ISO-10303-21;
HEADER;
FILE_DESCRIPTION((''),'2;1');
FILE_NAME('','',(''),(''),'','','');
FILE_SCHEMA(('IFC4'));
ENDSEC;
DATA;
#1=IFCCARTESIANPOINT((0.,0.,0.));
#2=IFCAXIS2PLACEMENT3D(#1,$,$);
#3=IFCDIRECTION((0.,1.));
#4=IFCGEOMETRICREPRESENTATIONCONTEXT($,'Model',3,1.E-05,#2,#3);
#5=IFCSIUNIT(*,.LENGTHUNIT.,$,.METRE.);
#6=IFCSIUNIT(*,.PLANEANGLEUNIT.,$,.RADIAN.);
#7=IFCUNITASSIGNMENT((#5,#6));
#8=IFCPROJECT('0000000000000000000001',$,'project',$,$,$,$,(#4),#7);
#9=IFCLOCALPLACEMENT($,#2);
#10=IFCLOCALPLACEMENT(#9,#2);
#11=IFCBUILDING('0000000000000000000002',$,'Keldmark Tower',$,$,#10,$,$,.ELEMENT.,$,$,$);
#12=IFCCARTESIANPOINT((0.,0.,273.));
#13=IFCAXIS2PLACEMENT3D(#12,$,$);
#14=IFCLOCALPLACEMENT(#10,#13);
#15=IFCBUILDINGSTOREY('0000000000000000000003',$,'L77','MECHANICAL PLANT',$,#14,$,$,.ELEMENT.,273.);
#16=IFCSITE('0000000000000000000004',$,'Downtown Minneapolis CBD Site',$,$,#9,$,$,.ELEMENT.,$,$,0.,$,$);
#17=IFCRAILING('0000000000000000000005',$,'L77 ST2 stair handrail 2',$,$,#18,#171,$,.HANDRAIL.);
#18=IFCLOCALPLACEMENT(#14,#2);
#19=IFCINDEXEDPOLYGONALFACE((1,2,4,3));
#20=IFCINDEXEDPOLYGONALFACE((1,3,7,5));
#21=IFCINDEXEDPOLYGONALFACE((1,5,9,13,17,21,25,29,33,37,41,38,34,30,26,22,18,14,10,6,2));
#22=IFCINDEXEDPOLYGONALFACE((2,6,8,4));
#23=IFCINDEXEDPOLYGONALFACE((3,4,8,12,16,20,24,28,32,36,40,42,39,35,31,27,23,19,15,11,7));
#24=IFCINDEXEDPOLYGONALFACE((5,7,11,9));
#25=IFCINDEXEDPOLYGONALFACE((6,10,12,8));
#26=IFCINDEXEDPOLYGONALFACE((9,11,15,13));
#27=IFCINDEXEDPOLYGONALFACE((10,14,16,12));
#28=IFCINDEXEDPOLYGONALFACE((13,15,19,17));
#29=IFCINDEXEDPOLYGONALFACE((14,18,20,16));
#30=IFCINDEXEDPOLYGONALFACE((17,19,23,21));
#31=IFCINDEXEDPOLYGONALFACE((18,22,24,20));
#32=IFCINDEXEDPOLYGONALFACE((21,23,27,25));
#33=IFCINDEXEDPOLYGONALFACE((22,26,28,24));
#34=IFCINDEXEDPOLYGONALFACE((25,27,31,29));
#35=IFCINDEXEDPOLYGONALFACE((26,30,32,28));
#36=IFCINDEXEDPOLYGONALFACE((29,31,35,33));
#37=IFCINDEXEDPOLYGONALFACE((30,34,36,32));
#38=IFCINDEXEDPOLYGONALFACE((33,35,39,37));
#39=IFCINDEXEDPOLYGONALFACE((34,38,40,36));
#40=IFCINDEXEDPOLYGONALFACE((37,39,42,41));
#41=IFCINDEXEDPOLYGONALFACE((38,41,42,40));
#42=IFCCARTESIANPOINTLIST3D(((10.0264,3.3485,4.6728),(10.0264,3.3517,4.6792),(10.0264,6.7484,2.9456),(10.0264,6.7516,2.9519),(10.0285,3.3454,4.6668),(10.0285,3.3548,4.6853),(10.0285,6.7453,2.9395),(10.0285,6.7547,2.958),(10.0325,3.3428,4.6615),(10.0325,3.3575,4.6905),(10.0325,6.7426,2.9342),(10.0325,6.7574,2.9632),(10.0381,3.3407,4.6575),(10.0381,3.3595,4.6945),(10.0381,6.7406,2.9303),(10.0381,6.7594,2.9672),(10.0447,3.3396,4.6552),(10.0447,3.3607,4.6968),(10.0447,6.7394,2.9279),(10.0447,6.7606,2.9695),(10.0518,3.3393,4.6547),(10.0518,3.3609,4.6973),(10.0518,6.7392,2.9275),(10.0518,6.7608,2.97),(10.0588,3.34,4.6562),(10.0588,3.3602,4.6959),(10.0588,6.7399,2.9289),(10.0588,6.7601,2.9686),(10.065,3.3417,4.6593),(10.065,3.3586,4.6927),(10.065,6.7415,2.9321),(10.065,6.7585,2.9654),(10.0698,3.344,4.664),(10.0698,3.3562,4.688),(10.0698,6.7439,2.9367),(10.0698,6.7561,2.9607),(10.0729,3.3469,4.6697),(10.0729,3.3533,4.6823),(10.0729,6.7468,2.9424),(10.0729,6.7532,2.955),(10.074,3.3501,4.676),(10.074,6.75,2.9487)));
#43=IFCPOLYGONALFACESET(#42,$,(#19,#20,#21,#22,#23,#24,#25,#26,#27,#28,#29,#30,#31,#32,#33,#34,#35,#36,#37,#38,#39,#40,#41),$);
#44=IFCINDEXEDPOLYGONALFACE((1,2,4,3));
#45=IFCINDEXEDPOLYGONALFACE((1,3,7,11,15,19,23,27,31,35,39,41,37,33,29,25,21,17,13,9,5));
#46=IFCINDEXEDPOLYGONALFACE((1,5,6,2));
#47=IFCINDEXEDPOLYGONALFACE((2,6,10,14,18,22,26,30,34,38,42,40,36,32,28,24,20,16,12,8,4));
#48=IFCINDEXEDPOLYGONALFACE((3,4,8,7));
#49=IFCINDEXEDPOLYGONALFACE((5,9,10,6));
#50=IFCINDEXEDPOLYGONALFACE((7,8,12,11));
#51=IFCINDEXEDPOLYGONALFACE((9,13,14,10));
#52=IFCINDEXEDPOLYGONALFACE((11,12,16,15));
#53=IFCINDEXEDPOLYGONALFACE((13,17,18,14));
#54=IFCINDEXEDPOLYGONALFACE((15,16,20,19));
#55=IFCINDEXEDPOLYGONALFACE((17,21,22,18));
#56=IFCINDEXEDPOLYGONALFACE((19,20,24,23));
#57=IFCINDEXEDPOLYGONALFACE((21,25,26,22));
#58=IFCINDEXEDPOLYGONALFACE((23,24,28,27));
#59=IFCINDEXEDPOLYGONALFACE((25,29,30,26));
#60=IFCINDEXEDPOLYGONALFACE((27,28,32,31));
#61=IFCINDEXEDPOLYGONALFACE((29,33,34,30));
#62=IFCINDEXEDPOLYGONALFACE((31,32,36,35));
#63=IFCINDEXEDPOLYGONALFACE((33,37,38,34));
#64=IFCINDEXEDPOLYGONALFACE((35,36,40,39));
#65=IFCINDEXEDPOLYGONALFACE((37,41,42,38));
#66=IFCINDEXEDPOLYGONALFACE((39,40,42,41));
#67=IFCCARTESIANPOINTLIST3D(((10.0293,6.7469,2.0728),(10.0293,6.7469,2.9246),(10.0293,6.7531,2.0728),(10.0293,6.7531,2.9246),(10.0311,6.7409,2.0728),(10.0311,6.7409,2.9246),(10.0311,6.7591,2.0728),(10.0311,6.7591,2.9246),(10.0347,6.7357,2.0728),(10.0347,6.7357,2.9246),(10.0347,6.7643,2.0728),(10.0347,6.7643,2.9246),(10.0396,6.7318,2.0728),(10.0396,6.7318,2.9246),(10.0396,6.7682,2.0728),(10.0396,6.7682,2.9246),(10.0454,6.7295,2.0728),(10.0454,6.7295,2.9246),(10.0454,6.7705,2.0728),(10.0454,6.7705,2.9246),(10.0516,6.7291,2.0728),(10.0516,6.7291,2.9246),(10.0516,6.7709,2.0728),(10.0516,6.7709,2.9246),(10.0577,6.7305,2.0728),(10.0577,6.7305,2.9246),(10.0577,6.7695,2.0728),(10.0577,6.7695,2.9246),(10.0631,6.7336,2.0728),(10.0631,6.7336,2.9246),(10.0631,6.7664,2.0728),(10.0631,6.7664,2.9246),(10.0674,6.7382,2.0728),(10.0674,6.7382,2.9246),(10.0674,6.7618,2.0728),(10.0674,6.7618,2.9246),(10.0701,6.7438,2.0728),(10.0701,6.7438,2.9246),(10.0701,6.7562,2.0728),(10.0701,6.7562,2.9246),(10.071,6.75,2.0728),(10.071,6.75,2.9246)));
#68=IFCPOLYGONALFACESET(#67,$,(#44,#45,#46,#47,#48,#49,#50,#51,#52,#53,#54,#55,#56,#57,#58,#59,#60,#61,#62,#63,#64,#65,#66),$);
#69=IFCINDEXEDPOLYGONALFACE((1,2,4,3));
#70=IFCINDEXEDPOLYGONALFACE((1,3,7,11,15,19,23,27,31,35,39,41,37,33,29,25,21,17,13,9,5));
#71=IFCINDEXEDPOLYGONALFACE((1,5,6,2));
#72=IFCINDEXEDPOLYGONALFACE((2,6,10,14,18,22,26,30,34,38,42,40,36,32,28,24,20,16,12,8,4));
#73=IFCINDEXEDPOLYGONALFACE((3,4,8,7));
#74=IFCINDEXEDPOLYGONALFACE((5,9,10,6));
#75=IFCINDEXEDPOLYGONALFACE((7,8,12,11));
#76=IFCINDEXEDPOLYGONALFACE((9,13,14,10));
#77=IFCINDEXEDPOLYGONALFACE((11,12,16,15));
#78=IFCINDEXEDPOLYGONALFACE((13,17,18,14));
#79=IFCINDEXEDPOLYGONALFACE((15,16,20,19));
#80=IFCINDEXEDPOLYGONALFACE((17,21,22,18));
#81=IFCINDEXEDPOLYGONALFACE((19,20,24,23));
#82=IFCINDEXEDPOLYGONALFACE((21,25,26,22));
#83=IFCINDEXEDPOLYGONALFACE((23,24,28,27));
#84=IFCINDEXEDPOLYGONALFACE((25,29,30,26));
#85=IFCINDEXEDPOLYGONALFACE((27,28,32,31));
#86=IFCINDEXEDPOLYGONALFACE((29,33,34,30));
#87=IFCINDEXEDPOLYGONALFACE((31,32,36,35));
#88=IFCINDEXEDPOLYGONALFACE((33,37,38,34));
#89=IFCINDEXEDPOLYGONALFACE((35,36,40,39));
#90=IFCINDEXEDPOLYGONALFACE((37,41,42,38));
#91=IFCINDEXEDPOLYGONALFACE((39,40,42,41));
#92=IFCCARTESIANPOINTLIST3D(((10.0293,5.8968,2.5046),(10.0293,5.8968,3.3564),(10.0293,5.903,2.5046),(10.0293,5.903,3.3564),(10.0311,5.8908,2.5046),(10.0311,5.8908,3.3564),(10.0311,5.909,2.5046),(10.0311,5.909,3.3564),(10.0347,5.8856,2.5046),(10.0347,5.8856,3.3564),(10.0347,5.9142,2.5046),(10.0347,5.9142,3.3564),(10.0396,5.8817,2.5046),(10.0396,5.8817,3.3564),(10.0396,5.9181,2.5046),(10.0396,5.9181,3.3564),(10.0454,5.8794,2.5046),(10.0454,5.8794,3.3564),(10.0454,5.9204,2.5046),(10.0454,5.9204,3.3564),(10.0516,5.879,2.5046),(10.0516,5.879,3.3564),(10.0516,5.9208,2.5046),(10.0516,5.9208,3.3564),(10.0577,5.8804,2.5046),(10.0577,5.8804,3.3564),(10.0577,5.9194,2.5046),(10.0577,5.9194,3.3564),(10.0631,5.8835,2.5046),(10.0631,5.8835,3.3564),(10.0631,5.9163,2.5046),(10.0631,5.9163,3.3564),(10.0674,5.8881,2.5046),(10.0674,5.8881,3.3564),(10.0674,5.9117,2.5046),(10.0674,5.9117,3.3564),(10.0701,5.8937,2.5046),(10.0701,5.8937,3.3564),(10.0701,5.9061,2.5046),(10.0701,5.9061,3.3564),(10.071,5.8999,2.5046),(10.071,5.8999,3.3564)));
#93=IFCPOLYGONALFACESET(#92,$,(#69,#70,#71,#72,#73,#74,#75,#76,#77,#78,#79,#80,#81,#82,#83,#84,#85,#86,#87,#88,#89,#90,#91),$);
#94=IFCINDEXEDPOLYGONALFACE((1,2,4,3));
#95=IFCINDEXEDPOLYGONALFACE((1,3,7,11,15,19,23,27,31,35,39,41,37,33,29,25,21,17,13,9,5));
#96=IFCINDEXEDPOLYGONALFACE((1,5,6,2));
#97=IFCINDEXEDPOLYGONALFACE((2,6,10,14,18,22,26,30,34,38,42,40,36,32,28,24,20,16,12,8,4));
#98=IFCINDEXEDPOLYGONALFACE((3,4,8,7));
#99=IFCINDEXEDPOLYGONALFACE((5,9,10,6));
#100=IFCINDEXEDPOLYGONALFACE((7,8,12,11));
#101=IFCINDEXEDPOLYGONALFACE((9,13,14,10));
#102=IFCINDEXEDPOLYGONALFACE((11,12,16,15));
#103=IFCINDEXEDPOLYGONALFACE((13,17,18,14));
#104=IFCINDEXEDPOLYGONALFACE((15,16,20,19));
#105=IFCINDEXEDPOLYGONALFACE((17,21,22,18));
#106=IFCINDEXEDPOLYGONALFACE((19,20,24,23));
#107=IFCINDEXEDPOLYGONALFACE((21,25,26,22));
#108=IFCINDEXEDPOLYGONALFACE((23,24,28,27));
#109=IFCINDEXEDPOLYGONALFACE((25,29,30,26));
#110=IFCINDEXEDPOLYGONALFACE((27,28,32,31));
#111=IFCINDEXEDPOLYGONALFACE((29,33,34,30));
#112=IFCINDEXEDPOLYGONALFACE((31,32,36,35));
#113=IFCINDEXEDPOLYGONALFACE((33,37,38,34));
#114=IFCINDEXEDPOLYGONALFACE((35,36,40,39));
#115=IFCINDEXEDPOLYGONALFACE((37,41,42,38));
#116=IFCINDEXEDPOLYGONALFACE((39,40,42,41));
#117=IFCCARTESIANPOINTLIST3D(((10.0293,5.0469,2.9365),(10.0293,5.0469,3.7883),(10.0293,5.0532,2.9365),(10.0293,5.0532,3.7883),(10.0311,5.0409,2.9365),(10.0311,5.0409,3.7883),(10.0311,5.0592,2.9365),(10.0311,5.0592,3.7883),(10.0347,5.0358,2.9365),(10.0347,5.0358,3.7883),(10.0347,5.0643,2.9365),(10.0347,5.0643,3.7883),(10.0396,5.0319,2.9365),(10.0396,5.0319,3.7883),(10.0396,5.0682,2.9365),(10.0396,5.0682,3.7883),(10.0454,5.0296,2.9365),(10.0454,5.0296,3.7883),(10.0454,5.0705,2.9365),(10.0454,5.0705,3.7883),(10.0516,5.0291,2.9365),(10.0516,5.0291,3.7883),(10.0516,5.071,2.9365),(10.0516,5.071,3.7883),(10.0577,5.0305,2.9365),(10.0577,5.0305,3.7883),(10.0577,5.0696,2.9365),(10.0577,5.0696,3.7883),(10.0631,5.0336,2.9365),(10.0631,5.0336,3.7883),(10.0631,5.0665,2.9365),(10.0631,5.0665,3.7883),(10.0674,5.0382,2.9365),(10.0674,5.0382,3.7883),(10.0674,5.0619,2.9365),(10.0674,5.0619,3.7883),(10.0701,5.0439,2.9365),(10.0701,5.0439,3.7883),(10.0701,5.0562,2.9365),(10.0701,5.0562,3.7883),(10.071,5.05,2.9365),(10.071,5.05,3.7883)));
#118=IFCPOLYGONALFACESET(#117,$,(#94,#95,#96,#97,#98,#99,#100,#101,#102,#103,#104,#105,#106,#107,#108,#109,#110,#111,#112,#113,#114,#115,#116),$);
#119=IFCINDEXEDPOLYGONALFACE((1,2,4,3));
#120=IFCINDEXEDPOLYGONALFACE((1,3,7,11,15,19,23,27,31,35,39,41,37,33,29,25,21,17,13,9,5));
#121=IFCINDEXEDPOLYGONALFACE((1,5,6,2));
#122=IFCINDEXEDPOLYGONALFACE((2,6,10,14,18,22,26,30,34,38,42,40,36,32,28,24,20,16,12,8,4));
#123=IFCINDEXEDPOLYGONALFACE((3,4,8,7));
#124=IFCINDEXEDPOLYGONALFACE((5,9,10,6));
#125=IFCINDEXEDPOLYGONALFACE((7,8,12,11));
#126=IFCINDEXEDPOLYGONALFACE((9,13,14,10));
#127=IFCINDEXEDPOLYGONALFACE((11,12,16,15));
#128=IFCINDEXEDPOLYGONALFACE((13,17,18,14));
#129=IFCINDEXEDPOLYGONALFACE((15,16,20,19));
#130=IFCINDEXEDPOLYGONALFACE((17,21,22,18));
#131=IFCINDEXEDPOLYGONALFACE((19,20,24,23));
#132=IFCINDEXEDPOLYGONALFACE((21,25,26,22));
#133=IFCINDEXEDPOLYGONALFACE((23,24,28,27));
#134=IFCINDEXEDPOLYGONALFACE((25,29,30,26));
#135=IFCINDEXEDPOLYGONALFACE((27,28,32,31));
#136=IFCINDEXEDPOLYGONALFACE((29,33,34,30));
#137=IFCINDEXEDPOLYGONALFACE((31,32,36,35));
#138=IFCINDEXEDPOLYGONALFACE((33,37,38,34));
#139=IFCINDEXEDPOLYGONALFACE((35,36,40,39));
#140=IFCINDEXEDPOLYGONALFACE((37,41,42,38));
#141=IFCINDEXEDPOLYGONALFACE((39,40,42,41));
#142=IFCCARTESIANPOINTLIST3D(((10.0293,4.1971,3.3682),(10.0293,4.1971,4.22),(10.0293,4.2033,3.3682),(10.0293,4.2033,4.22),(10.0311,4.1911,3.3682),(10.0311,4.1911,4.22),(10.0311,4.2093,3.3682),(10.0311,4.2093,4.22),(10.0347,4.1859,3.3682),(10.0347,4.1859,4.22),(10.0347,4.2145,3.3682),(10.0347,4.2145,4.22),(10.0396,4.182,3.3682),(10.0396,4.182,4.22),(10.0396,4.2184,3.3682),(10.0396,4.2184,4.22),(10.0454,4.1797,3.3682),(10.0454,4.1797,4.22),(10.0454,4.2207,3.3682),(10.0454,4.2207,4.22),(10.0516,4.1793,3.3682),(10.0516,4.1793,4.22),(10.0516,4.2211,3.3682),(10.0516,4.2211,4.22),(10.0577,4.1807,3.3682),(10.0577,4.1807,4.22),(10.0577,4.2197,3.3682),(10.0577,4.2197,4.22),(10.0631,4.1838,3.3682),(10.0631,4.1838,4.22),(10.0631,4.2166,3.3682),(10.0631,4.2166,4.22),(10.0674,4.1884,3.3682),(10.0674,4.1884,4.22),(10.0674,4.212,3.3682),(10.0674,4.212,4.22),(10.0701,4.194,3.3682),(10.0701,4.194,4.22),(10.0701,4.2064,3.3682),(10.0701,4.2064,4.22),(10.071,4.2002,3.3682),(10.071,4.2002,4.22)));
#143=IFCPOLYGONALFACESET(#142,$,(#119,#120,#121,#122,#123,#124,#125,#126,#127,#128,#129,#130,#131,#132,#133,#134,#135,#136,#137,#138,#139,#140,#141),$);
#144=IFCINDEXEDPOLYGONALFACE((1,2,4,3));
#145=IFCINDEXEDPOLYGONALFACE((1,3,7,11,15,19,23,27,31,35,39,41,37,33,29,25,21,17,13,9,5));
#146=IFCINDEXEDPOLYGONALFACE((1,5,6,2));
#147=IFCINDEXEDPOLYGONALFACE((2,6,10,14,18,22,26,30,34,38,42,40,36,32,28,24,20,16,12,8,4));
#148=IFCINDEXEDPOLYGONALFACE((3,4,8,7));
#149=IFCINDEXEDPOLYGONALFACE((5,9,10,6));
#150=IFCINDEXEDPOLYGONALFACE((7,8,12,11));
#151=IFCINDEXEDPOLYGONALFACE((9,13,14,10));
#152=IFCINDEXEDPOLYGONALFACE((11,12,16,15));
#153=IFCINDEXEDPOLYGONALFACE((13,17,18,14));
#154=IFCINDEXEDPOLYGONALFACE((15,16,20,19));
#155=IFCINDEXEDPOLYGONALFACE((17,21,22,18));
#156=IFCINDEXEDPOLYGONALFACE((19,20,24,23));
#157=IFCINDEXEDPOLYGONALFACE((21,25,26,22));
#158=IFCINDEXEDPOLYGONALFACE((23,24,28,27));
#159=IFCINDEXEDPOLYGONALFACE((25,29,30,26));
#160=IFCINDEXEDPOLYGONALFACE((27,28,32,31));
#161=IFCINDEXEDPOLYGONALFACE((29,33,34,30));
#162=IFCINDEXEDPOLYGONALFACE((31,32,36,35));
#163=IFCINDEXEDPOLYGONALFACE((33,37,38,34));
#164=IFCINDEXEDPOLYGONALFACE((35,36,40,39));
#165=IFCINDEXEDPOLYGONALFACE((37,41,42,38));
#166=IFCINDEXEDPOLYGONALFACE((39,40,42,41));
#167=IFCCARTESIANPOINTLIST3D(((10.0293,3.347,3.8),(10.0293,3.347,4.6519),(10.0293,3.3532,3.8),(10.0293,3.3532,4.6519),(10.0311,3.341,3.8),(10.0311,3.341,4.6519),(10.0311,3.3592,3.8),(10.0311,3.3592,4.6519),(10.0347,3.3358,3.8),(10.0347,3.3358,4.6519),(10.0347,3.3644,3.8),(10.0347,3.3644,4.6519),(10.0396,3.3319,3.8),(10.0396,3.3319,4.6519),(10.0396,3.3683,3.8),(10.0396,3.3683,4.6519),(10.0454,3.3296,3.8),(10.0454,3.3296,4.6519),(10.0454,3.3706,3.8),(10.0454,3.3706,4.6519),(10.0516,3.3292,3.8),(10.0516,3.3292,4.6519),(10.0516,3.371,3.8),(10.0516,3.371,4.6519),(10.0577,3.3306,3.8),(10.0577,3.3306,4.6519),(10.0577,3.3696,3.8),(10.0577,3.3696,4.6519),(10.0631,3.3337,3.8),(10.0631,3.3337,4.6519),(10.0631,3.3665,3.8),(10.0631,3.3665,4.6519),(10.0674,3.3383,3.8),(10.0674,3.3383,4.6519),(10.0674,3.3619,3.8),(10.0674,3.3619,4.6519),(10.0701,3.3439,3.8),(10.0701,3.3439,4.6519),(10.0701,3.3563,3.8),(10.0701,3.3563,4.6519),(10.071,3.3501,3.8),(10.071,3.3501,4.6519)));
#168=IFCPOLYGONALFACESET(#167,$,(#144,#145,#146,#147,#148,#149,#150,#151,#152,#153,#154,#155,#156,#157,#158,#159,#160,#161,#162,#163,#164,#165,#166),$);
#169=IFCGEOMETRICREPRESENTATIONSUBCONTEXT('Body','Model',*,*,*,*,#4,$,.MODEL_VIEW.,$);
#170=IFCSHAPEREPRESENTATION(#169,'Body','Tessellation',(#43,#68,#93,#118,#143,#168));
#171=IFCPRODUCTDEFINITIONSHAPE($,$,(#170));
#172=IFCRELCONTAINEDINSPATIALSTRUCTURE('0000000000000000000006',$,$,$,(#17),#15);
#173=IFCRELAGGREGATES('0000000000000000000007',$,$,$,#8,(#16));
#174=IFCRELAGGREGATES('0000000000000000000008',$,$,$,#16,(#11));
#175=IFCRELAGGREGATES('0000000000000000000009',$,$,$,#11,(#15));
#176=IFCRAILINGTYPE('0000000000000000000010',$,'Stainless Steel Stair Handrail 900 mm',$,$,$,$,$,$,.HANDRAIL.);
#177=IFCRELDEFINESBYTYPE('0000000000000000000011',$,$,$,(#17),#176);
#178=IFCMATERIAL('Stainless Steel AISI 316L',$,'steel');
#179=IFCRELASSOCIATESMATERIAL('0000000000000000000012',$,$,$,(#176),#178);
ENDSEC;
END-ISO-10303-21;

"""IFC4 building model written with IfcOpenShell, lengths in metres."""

from ifc_helpers import new_model, si_unit, direction, frame, origin, origin_2d, place, context, subcontext, project, spatial, circle, extrude, material, type_object, element, save


model = new_model("IFC4")

# Units and contexts
model_context = context("Model", 3, precision=1e-05, world=origin(), true_north=direction((0.0, 1.0)))
body_context = subcontext(model_context, "Body", "Model", "MODEL_VIEW")
ifc_project = project(units=[si_unit("LENGTHUNIT", "METRE"), si_unit("PLANEANGLEUNIT", "RADIAN")], contexts=[model_context])

# Site, building, storey
site_placement = place(None, origin())
site = spatial("IfcSite", under=ifc_project, at=site_placement, Name="Downtown Minneapolis CBD Site", CompositionType="ELEMENT", RefElevation=0.0)
building_placement = place(site_placement, origin())
building = spatial("IfcBuilding", under=site, at=building_placement, Name="Keldmark Tower", CompositionType="ELEMENT")
storey_placement = place(building_placement, frame((0.0, 0.0, 273.0)))
storey = spatial("IfcBuildingStorey", under=building, at=storey_placement, Name="L77", Description="MECHANICAL PLANT", CompositionType="ELEMENT", Elevation=273.0)

# Railing
ifc_material_1 = material(Name="Stainless Steel AISI 316L", Category="steel")
railing_type_1 = type_object("IfcRailingType", Name="Stainless Steel Stair Handrail 900 mm", PredefinedType="HANDRAIL", material=ifc_material_1)
railing_1_placement = place(storey_placement, frame((10.05, 6.75, 2.0728)))
element("IfcRailing", 1, at=railing_1_placement, inside=storey, type_object=railing_type_1, Name="L77 ST2 stair handrail 2", PredefinedType="HANDRAIL", context=body_context, shape_type="SweptSolid", body=[
    extrude(circle(Radius=0.0239, at=origin_2d()), frame((0.0, 0.0, 0.876), z_axis=(0.0, -0.891541, 0.452941), x_axis=(1.0, 0.0, 0.0)), (0.0, 0.0, 1.0), 3.8135),
    extrude(circle(Radius=0.021, at=origin_2d()), origin(), (0.0, 0.0, 1.0), 0.8518),
    extrude(circle(Radius=0.021, at=origin_2d()), frame((0.0, -0.8501, 0.4319)), (0.0, 0.0, 1.0), 0.8518),
    extrude(circle(Radius=0.021, at=origin_2d()), frame((0.0, -1.7, 0.8638)), (0.0, 0.0, 1.0), 0.8518),
    extrude(circle(Radius=0.021, at=origin_2d()), frame((0.0, -2.5498, 1.2954)), (0.0, 0.0, 1.0), 0.8518),
    extrude(circle(Radius=0.021, at=origin_2d()), frame((0.0, -3.3999, 1.7273)), (0.0, 0.0, 1.0), 0.8518),
])

save(model, "model.ifc")
